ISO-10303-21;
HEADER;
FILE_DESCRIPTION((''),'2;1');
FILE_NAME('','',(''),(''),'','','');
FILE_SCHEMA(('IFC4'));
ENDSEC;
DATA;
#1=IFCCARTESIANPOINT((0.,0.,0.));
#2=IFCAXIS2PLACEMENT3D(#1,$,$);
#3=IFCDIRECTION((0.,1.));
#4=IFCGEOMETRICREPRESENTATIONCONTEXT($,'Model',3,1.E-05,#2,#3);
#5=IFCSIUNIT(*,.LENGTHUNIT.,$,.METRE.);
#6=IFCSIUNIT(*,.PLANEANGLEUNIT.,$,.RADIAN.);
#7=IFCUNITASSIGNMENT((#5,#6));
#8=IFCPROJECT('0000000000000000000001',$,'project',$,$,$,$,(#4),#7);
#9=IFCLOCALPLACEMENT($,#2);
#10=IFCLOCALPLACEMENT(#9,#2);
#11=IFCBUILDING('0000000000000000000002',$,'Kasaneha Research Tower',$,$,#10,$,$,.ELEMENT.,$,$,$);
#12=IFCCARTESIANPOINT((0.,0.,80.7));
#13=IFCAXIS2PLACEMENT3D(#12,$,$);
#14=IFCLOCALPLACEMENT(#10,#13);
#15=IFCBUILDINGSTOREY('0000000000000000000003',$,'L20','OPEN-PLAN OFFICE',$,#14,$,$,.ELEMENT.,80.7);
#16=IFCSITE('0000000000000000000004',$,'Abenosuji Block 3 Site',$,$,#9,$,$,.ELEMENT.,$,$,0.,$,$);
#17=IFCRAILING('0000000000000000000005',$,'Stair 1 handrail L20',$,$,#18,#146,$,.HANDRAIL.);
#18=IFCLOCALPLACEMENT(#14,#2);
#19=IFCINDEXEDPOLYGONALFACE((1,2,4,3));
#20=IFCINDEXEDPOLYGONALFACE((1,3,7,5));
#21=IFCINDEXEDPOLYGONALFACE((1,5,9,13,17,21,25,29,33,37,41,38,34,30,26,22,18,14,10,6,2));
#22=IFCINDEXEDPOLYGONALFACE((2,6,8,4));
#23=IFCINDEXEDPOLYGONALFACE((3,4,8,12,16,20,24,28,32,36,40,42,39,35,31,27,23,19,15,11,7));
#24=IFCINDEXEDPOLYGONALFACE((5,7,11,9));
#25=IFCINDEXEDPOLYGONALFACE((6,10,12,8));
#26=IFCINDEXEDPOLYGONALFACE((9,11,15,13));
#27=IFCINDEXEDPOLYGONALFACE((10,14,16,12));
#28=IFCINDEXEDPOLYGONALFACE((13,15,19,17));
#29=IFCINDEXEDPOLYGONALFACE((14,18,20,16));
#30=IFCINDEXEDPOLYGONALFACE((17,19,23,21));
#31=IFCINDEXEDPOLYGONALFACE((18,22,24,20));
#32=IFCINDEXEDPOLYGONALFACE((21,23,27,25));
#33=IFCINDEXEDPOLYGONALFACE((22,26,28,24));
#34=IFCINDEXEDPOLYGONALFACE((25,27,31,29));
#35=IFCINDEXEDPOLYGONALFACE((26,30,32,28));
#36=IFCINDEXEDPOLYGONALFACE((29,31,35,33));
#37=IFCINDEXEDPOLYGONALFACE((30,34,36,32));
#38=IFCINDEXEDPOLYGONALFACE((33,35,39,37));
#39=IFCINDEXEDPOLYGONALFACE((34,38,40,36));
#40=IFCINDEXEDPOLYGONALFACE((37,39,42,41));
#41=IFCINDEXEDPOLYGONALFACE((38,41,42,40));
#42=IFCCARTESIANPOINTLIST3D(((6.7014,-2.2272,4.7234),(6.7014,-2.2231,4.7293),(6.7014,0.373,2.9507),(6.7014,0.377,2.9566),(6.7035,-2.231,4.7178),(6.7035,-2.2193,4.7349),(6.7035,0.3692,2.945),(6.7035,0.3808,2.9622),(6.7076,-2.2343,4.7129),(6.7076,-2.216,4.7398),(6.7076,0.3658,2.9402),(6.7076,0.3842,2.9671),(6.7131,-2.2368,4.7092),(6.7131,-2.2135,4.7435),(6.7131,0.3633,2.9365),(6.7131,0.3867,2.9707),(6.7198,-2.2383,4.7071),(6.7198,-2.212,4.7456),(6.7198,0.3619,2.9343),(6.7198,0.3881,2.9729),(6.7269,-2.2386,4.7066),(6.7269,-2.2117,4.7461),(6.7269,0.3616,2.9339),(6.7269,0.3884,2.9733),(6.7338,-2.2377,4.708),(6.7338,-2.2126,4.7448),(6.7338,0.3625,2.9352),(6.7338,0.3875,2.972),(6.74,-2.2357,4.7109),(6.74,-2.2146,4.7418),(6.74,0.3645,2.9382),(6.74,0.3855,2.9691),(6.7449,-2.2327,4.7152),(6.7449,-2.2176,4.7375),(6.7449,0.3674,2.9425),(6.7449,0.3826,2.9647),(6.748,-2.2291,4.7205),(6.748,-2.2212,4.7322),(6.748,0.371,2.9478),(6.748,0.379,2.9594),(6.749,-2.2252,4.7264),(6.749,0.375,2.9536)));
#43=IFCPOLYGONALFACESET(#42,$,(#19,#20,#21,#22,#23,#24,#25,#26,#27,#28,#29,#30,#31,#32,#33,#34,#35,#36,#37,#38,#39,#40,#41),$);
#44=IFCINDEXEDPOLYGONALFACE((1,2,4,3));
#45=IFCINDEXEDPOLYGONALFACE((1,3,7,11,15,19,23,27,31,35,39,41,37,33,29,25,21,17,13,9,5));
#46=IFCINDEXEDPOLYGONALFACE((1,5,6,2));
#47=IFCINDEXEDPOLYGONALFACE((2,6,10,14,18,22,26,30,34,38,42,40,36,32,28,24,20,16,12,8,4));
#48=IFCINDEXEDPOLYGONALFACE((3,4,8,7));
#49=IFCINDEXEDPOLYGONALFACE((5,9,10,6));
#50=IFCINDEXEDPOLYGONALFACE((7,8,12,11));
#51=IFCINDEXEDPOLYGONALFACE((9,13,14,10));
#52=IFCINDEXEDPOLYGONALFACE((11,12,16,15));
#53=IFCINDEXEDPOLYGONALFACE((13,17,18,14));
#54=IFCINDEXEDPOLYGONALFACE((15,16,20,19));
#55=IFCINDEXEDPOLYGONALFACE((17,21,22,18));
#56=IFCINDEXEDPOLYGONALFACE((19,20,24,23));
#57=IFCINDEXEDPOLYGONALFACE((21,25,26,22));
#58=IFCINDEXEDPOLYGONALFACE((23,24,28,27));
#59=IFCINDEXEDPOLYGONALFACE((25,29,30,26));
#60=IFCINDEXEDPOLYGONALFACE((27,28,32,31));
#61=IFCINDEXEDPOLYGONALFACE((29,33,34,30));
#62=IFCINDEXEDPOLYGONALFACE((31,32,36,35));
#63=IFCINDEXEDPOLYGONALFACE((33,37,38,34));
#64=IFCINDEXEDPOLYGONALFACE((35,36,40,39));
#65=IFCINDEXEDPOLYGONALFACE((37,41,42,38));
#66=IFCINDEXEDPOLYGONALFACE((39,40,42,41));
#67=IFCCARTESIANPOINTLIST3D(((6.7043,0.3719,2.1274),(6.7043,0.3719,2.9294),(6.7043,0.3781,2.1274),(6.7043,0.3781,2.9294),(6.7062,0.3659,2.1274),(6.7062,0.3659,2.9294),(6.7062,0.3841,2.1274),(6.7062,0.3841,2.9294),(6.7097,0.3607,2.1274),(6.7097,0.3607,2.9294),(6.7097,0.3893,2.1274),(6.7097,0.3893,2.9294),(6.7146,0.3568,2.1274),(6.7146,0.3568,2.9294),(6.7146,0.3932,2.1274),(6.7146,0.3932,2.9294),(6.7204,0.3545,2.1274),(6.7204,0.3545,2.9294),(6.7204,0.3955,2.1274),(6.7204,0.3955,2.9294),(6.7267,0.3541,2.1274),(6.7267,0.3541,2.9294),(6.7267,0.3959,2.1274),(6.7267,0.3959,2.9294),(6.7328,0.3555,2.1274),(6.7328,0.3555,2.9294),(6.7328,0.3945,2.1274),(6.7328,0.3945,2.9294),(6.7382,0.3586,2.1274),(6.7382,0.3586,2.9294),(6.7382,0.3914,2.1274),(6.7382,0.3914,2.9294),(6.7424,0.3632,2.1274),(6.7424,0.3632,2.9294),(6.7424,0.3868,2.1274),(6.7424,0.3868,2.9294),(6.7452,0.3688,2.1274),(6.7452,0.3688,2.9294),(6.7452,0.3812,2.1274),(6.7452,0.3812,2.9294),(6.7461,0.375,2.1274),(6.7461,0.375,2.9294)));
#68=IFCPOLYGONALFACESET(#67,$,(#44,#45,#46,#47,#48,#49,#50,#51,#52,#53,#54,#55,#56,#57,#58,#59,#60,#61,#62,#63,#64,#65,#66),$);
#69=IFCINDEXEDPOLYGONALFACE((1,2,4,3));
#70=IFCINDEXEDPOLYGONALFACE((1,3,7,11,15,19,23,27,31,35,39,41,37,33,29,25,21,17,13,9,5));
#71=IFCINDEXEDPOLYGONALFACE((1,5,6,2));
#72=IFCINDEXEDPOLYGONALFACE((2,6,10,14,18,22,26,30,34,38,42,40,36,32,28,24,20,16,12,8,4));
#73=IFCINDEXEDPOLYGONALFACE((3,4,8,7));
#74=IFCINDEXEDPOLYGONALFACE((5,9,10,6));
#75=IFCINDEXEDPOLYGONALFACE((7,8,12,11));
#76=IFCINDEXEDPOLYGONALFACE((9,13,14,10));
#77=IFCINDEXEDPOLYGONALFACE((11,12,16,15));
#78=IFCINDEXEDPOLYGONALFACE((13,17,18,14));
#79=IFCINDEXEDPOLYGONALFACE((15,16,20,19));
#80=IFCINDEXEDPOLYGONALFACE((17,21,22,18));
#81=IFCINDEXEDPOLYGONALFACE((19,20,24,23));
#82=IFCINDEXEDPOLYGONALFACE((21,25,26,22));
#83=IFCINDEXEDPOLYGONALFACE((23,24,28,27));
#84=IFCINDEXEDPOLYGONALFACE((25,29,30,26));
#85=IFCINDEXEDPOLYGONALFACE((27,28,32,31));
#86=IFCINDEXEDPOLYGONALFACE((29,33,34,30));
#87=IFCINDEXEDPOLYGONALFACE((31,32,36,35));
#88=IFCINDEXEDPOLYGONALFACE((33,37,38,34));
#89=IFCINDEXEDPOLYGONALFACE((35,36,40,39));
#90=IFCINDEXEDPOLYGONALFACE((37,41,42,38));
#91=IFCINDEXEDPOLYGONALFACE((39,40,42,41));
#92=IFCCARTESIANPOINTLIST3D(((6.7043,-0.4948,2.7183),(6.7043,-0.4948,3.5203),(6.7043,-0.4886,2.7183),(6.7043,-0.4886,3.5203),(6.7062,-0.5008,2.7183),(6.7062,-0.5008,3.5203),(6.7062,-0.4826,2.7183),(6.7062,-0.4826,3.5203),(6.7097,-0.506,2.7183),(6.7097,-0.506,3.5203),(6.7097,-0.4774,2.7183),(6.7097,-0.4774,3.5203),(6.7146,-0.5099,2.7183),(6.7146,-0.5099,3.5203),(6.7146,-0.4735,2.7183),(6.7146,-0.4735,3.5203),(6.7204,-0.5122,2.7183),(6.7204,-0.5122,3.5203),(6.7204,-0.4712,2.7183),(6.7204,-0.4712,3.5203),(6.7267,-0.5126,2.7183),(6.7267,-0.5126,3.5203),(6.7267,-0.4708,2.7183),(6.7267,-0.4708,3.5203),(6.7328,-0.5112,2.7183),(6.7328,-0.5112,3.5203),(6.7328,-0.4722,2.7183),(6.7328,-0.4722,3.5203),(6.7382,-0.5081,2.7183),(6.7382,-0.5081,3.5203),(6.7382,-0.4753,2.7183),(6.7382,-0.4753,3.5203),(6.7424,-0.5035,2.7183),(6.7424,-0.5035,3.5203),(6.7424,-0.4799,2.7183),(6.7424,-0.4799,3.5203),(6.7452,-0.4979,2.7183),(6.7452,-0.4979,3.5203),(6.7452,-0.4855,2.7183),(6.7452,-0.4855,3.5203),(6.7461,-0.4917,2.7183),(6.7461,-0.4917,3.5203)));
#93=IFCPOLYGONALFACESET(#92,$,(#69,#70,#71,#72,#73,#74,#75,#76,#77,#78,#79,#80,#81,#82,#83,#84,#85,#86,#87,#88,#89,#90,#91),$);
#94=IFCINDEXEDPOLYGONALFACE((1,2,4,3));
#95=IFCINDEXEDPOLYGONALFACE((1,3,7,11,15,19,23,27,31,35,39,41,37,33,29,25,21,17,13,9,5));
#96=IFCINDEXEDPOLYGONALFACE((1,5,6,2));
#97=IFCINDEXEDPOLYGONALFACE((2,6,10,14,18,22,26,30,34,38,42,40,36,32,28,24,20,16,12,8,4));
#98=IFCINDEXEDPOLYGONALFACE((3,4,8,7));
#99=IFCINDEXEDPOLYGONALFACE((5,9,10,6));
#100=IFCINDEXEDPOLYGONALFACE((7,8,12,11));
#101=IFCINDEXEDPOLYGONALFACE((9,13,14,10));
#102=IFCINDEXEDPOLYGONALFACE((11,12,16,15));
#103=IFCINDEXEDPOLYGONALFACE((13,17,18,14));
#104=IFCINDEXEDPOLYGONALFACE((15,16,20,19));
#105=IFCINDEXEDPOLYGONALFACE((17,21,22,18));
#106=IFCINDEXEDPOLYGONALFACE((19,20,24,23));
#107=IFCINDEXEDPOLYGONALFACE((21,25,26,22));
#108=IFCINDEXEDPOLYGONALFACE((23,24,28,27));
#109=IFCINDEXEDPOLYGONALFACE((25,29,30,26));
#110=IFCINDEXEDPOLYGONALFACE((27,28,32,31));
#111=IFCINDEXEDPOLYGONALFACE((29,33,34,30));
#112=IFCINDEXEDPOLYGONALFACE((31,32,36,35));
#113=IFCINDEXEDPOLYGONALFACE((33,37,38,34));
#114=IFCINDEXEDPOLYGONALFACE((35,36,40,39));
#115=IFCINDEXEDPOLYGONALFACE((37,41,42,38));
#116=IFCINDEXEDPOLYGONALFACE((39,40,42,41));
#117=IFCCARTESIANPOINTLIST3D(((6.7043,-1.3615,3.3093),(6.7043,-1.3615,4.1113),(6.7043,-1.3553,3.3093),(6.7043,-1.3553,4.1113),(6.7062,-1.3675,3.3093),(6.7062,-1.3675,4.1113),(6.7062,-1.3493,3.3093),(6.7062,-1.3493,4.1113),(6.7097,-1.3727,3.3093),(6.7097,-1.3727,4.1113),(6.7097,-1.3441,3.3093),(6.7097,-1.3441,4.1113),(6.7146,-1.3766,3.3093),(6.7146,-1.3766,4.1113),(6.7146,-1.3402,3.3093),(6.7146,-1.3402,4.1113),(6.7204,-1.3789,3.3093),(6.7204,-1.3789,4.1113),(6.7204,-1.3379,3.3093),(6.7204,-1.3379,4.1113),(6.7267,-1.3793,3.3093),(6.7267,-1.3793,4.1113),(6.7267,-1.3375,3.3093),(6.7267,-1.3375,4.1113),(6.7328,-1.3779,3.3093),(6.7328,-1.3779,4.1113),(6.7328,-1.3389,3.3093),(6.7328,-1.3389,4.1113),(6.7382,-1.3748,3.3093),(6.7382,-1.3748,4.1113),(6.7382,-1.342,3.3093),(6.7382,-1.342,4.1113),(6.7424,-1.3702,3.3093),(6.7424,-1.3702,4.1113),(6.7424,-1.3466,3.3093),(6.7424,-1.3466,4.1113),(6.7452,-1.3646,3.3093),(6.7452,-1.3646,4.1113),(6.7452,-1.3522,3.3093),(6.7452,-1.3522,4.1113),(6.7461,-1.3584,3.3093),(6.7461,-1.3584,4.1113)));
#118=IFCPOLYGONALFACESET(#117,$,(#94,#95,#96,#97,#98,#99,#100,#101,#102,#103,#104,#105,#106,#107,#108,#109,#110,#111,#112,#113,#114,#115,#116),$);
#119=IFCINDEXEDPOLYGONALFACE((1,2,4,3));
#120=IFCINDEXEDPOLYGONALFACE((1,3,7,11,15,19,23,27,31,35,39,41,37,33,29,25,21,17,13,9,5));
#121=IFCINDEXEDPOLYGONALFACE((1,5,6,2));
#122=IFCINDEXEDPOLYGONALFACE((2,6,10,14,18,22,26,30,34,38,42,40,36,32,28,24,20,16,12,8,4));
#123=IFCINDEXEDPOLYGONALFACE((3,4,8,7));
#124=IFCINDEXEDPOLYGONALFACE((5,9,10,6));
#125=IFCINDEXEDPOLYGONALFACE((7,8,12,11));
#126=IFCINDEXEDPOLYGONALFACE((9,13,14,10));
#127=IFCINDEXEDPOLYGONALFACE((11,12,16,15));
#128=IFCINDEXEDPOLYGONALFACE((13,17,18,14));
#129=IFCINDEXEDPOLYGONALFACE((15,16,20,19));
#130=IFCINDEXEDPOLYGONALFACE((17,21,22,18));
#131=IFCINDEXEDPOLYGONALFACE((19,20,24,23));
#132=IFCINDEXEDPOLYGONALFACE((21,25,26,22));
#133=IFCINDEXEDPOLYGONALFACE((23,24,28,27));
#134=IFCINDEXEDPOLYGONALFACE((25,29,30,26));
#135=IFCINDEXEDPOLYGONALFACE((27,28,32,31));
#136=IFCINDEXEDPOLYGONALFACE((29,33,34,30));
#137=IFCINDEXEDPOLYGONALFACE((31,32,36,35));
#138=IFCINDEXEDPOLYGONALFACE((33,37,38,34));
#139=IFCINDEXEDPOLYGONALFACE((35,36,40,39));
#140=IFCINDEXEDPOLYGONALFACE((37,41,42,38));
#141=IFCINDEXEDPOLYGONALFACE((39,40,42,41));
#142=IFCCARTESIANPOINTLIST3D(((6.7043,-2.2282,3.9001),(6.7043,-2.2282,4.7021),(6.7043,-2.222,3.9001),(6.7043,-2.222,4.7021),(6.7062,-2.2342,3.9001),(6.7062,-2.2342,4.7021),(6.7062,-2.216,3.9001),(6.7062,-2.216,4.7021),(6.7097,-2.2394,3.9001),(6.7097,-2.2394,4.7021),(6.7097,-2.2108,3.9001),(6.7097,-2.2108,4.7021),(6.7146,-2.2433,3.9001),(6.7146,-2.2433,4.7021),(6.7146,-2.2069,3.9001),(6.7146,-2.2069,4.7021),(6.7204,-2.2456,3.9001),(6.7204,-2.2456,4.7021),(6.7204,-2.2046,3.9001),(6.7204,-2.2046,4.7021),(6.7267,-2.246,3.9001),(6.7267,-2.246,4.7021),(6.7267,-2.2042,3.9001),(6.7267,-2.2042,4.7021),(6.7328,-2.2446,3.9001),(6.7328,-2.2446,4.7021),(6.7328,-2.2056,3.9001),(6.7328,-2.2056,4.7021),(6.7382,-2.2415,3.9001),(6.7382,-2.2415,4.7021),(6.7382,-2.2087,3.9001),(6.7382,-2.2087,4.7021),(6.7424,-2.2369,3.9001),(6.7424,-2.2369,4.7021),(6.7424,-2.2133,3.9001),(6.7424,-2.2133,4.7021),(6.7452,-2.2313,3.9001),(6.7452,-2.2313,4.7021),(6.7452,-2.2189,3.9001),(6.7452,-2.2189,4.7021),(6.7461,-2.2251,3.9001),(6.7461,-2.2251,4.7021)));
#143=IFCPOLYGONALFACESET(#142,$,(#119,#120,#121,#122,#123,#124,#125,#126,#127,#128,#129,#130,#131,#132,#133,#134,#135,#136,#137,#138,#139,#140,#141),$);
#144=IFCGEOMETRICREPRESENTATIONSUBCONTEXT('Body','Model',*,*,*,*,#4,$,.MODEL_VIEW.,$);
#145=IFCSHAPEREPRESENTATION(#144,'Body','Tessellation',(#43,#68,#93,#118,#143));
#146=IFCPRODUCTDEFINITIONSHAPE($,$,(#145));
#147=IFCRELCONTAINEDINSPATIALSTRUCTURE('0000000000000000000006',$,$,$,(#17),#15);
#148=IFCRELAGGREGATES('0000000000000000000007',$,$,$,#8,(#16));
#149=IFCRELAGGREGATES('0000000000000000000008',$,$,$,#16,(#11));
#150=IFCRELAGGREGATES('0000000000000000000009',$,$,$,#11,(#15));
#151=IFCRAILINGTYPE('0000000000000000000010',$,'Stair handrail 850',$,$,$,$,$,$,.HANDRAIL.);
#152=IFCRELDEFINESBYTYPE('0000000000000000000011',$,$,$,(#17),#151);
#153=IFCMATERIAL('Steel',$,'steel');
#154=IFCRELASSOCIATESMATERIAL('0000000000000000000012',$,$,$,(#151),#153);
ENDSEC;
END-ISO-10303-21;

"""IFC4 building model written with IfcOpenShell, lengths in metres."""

from ifc_helpers import new_model, si_unit, direction, frame, origin, origin_2d, place, context, subcontext, project, spatial, circle, extrude, material, type_object, element, save


model = new_model("IFC4")

# Units and contexts
model_context = context("Model", 3, precision=1e-05, world=origin(), true_north=direction((0.0, 1.0)))
body_context = subcontext(model_context, "Body", "Model", "MODEL_VIEW")
ifc_project = project(units=[si_unit("LENGTHUNIT", "METRE"), si_unit("PLANEANGLEUNIT", "RADIAN")], contexts=[model_context])

# Site, building, storey
site_placement = place(None, origin())
site = spatial("IfcSite", under=ifc_project, at=site_placement, Name="Abenosuji Block 3 Site", CompositionType="ELEMENT", RefElevation=0.0)
building_placement = place(site_placement, origin())
building = spatial("IfcBuilding", under=site, at=building_placement, Name="Kasaneha Research Tower", CompositionType="ELEMENT")
storey_placement = place(building_placement, frame((0.0, 0.0, 80.7)))
storey = spatial("IfcBuildingStorey", under=building, at=storey_placement, Name="L20", Description="OPEN-PLAN OFFICE", CompositionType="ELEMENT", Elevation=80.7)

# Railing
ifc_material_1 = material(Name="Steel", Category="steel")
railing_type_1 = type_object("IfcRailingType", Name="Stair handrail 850", PredefinedType="HANDRAIL", material=ifc_material_1)
railing_1_placement = place(storey_placement, frame((6.7251, 0.375, 2.1274)))
element("IfcRailing", 1, at=railing_1_placement, inside=storey, type_object=railing_type_1, Name="Stair 1 handrail L20", PredefinedType="HANDRAIL", context=body_context, shape_type="SweptSolid", body=[
    extrude(circle(Radius=0.0239, at=origin_2d()), frame((0.0, 0.0, 0.8262), z_axis=(0.0, -0.82624, 0.563318), x_axis=(1.0, 0.0, 0.0)), (0.0, 0.0, 1.0), 3.147),
    extrude(circle(Radius=0.021, at=origin_2d()), origin(), (0.0, 0.0, 1.0), 0.802),
    extrude(circle(Radius=0.021, at=origin_2d()), frame((0.0, -0.8667, 0.5908)), (0.0, 0.0, 1.0), 0.802),
    extrude(circle(Radius=0.021, at=origin_2d()), frame((0.0, -1.7334, 1.1819)), (0.0, 0.0, 1.0), 0.802),
    extrude(circle(Radius=0.021, at=origin_2d()), frame((0.0, -2.6001, 1.7727)), (0.0, 0.0, 1.0), 0.802),
])

save(model, "model.ifc")
